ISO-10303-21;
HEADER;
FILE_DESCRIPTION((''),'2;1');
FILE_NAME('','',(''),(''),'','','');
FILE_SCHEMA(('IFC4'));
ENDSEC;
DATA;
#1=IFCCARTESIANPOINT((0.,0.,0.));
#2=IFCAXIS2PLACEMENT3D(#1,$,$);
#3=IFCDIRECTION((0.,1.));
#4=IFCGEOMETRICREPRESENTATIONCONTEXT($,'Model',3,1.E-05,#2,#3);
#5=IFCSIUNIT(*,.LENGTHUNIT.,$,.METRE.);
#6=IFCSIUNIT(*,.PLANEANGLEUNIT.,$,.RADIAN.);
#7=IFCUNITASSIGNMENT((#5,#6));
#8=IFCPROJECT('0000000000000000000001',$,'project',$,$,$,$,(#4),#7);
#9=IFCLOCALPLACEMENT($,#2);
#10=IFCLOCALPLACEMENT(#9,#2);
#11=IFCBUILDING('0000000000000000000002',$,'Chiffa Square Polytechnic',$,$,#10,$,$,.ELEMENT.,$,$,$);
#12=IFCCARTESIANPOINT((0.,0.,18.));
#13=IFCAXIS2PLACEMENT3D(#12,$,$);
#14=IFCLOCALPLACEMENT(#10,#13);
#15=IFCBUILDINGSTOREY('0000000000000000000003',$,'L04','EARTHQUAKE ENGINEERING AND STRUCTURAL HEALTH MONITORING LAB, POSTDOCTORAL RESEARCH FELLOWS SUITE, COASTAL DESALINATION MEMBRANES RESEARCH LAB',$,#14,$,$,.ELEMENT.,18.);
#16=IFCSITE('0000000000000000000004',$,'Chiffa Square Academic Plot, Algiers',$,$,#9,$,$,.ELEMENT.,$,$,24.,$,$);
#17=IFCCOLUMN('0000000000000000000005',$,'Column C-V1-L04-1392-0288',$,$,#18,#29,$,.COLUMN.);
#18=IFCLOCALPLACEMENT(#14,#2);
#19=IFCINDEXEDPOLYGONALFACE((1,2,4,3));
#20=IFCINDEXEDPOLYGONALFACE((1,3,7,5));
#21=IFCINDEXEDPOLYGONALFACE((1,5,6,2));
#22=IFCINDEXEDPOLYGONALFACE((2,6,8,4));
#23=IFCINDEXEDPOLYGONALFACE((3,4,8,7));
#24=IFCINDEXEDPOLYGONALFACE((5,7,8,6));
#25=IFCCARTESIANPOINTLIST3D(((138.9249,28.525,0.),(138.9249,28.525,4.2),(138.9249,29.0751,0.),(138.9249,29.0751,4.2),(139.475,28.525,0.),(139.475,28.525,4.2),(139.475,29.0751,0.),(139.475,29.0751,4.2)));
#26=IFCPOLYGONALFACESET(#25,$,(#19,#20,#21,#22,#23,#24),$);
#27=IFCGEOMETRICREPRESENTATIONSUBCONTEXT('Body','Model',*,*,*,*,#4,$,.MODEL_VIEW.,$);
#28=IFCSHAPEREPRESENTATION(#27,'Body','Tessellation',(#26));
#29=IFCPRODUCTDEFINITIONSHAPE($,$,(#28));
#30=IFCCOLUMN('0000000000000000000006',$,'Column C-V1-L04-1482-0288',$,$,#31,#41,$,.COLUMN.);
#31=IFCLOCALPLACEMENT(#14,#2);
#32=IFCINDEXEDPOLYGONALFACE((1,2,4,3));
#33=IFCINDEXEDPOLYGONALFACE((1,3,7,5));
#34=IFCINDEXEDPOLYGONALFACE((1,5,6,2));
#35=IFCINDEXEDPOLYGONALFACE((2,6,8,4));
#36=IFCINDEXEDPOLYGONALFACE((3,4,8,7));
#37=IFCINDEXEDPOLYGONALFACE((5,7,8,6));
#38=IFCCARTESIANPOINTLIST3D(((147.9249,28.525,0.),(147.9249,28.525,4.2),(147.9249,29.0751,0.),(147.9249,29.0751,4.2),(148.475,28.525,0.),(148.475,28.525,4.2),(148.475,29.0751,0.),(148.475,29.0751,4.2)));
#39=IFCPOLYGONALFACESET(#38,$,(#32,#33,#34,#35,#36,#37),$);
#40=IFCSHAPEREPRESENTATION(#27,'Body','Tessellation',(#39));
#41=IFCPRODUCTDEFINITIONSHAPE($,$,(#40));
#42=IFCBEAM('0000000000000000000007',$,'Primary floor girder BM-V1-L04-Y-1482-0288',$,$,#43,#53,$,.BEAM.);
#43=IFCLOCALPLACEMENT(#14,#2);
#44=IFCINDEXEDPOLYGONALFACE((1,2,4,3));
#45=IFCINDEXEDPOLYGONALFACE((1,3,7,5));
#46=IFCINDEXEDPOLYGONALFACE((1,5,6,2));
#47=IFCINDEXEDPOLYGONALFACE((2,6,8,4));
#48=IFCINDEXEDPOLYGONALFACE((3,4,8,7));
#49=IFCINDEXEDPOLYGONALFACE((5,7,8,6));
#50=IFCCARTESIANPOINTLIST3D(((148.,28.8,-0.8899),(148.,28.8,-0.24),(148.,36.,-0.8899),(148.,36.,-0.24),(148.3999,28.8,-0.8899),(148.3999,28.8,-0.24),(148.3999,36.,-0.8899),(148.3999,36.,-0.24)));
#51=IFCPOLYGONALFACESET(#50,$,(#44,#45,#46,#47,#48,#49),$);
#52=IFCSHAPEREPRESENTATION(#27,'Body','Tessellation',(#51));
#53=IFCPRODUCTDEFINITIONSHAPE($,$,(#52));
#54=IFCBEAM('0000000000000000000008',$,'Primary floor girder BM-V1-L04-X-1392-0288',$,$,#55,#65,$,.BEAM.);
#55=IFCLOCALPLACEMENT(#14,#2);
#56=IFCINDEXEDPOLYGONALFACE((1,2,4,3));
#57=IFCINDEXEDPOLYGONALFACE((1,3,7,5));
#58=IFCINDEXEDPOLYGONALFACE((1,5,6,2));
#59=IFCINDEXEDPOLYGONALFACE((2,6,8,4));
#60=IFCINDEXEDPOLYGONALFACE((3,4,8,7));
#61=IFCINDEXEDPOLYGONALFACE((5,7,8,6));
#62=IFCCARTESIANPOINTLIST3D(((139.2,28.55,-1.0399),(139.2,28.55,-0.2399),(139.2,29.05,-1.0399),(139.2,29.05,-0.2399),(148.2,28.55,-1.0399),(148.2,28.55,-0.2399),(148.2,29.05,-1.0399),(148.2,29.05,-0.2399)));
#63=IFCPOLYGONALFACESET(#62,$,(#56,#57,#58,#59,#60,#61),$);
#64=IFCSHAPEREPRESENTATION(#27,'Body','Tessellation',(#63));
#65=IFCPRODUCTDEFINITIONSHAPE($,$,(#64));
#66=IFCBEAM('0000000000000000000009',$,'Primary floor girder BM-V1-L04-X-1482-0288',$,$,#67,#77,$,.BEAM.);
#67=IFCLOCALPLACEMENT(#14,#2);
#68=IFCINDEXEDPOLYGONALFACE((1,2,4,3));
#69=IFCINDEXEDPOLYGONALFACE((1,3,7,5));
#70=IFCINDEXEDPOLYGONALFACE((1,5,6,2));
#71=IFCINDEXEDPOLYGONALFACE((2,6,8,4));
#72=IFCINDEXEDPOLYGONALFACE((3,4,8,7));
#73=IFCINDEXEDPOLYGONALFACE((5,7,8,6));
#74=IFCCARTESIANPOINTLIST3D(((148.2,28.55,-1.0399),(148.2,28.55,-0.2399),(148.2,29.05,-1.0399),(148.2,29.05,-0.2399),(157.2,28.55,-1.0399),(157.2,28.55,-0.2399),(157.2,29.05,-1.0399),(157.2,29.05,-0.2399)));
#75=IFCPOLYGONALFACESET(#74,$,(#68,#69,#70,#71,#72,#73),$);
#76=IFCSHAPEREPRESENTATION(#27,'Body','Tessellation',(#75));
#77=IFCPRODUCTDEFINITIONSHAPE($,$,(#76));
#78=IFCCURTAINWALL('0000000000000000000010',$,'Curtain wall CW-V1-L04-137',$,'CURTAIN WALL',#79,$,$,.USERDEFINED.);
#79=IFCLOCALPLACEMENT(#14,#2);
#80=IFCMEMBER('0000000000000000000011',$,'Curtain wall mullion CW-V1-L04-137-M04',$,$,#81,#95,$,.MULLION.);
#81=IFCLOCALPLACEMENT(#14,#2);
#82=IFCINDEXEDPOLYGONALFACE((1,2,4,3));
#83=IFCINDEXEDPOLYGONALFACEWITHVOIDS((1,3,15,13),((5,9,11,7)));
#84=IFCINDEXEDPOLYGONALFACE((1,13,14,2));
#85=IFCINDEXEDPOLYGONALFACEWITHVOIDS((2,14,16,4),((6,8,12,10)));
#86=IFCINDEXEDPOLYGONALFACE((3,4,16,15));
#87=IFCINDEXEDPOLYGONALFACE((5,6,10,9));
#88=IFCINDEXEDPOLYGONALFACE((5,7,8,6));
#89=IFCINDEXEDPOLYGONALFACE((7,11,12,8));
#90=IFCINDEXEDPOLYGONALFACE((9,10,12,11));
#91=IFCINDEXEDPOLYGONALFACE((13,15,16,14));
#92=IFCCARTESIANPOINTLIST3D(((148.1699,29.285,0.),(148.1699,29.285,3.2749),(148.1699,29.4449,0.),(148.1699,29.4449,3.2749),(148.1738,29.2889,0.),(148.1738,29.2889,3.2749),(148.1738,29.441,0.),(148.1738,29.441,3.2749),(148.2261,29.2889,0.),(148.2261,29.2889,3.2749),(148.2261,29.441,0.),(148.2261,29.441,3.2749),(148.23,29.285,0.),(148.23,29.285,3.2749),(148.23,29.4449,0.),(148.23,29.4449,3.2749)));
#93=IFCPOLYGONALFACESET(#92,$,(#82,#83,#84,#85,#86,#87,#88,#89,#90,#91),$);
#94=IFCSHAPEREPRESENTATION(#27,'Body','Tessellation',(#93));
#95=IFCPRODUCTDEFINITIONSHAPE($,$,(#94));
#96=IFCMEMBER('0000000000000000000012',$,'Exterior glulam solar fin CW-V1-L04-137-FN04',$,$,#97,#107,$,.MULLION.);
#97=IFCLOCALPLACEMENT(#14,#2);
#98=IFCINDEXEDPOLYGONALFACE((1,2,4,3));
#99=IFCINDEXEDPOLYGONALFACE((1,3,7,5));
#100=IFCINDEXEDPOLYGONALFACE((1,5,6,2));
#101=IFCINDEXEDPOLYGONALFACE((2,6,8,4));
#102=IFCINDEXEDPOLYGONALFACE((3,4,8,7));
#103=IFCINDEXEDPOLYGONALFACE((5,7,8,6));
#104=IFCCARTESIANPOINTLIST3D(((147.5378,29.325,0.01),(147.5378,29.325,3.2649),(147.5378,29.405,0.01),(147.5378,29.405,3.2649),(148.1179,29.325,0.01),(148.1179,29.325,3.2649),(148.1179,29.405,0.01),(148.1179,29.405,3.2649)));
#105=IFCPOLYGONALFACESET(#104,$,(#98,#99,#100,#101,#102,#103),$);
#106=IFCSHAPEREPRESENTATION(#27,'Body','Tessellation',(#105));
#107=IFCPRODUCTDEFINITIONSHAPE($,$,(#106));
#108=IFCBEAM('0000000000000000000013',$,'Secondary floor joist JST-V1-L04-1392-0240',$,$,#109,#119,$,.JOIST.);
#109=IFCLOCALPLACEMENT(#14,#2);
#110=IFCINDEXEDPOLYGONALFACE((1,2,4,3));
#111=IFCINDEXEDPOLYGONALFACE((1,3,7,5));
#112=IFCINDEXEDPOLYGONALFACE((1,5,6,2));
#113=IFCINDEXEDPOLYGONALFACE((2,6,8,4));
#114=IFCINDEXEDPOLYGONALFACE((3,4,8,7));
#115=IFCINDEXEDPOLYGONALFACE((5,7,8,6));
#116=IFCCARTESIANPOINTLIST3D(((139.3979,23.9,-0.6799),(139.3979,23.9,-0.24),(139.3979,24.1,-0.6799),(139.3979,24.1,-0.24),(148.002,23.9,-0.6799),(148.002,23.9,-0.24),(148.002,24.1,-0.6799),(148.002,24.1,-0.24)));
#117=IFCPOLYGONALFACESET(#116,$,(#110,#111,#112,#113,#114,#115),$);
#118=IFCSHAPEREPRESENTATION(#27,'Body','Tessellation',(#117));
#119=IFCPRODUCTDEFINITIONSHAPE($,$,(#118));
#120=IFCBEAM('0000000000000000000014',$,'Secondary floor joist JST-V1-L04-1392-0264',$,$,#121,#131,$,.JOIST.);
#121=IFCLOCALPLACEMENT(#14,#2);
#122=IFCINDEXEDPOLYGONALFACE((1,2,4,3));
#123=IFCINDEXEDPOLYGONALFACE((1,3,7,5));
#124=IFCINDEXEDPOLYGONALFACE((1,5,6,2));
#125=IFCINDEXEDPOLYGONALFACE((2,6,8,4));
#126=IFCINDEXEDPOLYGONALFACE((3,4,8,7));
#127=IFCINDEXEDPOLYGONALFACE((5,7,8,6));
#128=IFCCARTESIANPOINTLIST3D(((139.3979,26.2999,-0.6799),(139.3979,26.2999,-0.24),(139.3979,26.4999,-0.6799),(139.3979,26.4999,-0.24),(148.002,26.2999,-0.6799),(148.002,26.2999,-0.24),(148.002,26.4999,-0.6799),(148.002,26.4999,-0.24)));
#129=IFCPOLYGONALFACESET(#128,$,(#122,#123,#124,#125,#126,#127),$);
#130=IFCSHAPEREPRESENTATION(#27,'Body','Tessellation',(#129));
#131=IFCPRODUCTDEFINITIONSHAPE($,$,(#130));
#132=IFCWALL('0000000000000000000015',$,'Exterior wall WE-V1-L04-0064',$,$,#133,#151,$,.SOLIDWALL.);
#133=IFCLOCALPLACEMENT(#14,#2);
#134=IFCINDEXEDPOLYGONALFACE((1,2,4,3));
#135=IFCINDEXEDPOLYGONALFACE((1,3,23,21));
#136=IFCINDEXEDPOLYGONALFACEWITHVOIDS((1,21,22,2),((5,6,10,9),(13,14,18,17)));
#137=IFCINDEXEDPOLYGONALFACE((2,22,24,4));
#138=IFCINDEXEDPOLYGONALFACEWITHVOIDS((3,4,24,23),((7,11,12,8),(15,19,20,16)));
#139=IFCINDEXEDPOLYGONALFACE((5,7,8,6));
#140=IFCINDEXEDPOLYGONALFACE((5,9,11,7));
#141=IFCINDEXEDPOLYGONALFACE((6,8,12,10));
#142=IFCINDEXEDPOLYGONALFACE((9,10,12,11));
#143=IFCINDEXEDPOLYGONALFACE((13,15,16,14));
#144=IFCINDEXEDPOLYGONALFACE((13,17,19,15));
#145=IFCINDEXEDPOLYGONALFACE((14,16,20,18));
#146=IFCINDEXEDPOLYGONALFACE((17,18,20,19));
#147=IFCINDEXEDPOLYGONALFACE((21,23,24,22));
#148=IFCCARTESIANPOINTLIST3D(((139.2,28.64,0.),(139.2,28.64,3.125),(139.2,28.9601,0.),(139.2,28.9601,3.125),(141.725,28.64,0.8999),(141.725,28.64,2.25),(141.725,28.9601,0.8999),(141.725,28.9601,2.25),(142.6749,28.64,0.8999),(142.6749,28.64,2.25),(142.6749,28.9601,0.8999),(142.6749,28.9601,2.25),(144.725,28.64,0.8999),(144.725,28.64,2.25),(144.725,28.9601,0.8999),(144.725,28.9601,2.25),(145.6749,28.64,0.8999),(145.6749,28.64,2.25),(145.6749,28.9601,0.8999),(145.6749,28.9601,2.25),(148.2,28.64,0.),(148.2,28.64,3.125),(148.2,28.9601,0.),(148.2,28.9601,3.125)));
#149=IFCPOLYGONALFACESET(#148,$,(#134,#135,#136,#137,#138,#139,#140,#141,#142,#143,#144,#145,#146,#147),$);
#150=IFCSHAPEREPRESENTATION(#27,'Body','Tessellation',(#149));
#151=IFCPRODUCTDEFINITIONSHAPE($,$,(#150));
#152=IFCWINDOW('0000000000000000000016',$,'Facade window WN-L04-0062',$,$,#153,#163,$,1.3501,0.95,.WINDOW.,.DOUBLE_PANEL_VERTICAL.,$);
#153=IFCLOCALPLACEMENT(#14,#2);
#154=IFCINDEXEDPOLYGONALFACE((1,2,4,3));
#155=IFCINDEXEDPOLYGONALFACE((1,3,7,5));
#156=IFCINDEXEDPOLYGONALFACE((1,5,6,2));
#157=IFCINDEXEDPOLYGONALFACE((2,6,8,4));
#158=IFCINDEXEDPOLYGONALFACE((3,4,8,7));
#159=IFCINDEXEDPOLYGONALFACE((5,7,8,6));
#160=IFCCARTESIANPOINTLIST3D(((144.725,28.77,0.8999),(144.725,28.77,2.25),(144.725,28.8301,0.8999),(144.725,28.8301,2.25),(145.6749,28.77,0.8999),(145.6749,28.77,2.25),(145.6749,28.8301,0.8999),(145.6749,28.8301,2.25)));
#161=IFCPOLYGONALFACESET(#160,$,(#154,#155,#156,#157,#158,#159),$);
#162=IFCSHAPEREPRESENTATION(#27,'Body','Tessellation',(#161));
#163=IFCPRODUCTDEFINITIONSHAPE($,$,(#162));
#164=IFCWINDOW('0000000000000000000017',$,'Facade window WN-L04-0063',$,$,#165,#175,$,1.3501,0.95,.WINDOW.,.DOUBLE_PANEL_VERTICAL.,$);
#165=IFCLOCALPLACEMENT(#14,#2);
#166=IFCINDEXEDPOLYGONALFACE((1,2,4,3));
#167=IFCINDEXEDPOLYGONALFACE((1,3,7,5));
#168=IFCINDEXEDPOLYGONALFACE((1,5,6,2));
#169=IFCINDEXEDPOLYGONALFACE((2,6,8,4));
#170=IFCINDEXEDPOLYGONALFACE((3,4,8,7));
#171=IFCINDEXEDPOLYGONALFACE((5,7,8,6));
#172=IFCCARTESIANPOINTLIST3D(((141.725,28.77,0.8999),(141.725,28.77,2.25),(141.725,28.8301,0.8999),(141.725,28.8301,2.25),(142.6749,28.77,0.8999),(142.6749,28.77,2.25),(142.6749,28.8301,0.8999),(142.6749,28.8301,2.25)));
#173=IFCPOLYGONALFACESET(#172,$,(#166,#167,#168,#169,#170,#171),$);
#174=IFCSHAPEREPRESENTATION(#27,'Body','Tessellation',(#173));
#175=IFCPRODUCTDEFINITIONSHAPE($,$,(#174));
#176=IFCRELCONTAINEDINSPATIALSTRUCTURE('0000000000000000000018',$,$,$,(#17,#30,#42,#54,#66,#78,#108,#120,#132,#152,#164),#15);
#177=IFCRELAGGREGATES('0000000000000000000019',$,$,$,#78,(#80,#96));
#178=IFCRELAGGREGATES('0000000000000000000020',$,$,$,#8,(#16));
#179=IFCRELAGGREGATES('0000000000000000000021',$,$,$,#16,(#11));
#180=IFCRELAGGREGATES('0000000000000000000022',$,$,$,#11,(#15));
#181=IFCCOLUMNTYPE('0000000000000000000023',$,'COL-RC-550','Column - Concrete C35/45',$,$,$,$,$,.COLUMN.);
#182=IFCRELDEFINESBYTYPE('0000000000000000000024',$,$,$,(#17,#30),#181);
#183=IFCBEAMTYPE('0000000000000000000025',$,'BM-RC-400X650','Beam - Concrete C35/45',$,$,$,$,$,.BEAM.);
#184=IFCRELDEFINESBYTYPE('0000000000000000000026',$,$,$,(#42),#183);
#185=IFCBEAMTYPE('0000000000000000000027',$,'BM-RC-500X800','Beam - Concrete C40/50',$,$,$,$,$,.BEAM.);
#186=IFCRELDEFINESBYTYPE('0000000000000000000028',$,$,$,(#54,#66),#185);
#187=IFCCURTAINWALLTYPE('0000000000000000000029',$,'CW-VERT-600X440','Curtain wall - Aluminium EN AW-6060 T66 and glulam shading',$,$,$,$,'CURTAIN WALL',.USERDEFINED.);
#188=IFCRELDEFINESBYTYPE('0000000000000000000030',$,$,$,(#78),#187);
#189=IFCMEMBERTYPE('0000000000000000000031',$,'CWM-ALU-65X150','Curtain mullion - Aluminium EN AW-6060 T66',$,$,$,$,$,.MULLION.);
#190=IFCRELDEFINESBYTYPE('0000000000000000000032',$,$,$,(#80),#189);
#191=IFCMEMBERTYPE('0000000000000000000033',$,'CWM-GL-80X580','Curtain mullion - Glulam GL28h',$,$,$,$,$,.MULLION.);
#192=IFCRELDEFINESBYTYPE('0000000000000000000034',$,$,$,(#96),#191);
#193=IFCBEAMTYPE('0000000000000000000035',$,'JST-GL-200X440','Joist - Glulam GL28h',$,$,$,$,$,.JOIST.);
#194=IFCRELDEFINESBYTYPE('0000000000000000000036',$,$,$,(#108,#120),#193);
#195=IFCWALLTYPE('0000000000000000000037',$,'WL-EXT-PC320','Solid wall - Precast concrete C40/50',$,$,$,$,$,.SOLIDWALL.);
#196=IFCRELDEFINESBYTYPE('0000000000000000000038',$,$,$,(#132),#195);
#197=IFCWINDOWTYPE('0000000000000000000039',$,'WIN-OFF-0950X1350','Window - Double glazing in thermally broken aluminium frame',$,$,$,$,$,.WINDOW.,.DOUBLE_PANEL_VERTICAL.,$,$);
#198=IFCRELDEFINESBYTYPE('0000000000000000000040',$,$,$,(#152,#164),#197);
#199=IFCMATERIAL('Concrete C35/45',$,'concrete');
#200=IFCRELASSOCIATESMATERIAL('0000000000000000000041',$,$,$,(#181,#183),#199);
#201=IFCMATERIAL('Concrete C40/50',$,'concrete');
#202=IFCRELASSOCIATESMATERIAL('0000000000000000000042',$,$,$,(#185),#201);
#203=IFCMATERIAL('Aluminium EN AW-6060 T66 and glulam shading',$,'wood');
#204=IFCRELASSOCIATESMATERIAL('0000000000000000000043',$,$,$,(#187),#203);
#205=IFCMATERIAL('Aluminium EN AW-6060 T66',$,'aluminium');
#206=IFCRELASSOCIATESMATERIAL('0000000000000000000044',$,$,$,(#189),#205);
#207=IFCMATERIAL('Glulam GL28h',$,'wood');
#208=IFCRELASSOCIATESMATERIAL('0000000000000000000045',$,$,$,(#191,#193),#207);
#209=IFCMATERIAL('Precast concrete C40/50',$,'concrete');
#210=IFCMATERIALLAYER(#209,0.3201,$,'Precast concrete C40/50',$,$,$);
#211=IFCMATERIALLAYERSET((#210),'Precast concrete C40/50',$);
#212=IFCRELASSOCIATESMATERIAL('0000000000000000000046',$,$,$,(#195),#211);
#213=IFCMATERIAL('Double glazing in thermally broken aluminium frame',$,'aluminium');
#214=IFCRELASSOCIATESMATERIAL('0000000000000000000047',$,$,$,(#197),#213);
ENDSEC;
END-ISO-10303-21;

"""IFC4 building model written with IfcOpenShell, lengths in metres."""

from ifc_helpers import new_model, si_unit, direction, frame, frame_2d, origin, origin_2d, place, context, subcontext, project, spatial, rectangle, hollow_rectangle, extrude, material, layer, layer_set, material_profile, profile_set, type_object, element, fill, aggregate, save


model = new_model("IFC4")

# Units and contexts
model_context = context("Model", 3, precision=1e-05, world=origin(), true_north=direction((0.0, 1.0)))
body_context = subcontext(model_context, "Body", "Model", "MODEL_VIEW")
ifc_project = project(units=[si_unit("LENGTHUNIT", "METRE"), si_unit("PLANEANGLEUNIT", "RADIAN")], contexts=[model_context])

# Site, building, storey
site_placement = place(None, origin())
site = spatial("IfcSite", under=ifc_project, at=site_placement, Name="Chiffa Square Academic Plot, Algiers", CompositionType="ELEMENT", RefElevation=24.0)
building_placement = place(site_placement, origin())
building = spatial("IfcBuilding", under=site, at=building_placement, Name="Chiffa Square Polytechnic", CompositionType="ELEMENT")
storey_placement = place(building_placement, frame((0.0, 0.0, 18.0)))
storey = spatial("IfcBuildingStorey", under=building, at=storey_placement, Name="L04", Description="EARTHQUAKE ENGINEERING AND STRUCTURAL HEALTH MONITORING LAB, POSTDOCTORAL RESEARCH FELLOWS SUITE, COASTAL DESALINATION MEMBRANES RESEARCH LAB", CompositionType="ELEMENT", Elevation=18.0)

# Columns
ifc_material_1 = material(Name="Concrete C35/45", Category="concrete")
ifc_material_profile_1 = material_profile(ifc_material_1, rectangle(XDim=0.55, YDim=0.55, at=origin_2d()), Name="RC 550x550")
ifc_profile_set_1 = profile_set([ifc_material_profile_1], Name="Concrete C35/45")
column_type = type_object("IfcColumnType", Name="COL-RC-550", Description="Column - Concrete C35/45", PredefinedType="COLUMN", material=ifc_profile_set_1)
for number, where, z_axis, x_axis, name in (
    (1, (139.2, 28.8, 0.0), (0.0, 0.0, 1.0), (1.0, 0.0, 0.0), "Column C-V1-L04-1392-0288"),
    (2, (148.2, 28.8, 0.0), (0.0, 0.0, 1.0), (1.0, 0.0, 0.0), "Column C-V1-L04-1482-0288"),
):
    element("IfcColumn", number, at=place(storey_placement, frame(where, z_axis=z_axis, x_axis=x_axis)), inside=storey, type_object=column_type, Name=name, PredefinedType="COLUMN", context=body_context, shape_type="SweptSolid", body=[
        extrude(rectangle(XDim=0.55, YDim=0.55, at=origin_2d()), origin(), (0.0, 0.0, 1.0), 4.2),
    ])

# Beams
ifc_material_profile_2 = material_profile(ifc_material_1, rectangle(XDim=0.3999, YDim=0.6499, at=origin_2d()), Name="RC 400x650")
ifc_profile_set_2 = profile_set([ifc_material_profile_2], Name="Concrete C35/45")
beam_type_1 = type_object("IfcBeamType", Name="BM-RC-400X650", Description="Beam - Concrete C35/45", PredefinedType="BEAM", material=ifc_profile_set_2)
beam_placement = place(storey_placement, frame((148.2, 28.8, -0.5649), z_axis=(0.0, 1.0, 0.0), x_axis=(-1.0, 0.0, 0.0)))
element("IfcBeam", 3, at=beam_placement, inside=storey, type_object=beam_type_1, Name="Primary floor girder BM-V1-L04-Y-1482-0288", PredefinedType="BEAM", context=body_context, shape_type="SweptSolid", body=[
    extrude(rectangle(XDim=0.3999, YDim=0.6499, at=origin_2d()), origin(), (0.0, 0.0, 1.0), 7.2),
])
ifc_material_2 = material(Name="Concrete C40/50", Category="concrete")
ifc_material_profile_3 = material_profile(ifc_material_2, rectangle(XDim=0.5, YDim=0.8, at=origin_2d()), Name="RC 500x800")
ifc_profile_set_3 = profile_set([ifc_material_profile_3], Name="Concrete C40/50")
beam_type_2 = type_object("IfcBeamType", Name="BM-RC-500X800", Description="Beam - Concrete C40/50", PredefinedType="BEAM", material=ifc_profile_set_3)
for number, where, z_axis, x_axis, name in (
    (4, (139.2, 28.8, -0.6399), (1.0, 0.0, 0.0), (0.0, 1.0, 0.0), "Primary floor girder BM-V1-L04-X-1392-0288"),
    (5, (148.2, 28.8, -0.6399), (1.0, 0.0, 0.0), (0.0, 1.0, 0.0), "Primary floor girder BM-V1-L04-X-1482-0288"),
):
    element("IfcBeam", number, at=place(storey_placement, frame(where, z_axis=z_axis, x_axis=x_axis)), inside=storey, type_object=beam_type_2, Name=name, PredefinedType="BEAM", context=body_context, shape_type="SweptSolid", body=[
        extrude(rectangle(XDim=0.5, YDim=0.8, at=origin_2d()), origin(), (0.0, 0.0, 1.0), 9.0),
    ])

# Curtain wall, members
ifc_material_3 = material(Name="Aluminium EN AW-6060 T66 and glulam shading", Category="wood")
curtain_wall_type = type_object("IfcCurtainWallType", Name="CW-VERT-600X440", Description="Curtain wall - Aluminium EN AW-6060 T66 and glulam shading", ElementType="CURTAIN WALL", PredefinedType="USERDEFINED", material=ifc_material_3)
curtain_wall_placement = place(storey_placement, origin())
curtain_wall = element("IfcCurtainWall", 6, at=curtain_wall_placement, inside=storey, type_object=curtain_wall_type, Name="Curtain wall CW-V1-L04-137", ObjectType="CURTAIN WALL", PredefinedType="USERDEFINED")
ifc_material_4 = material(Name="Aluminium EN AW-6060 T66", Category="aluminium")
ifc_material_profile_4 = material_profile(ifc_material_4, hollow_rectangle(XDim=0.0601, YDim=0.1599, WallThickness=0.0039, at=origin_2d()), Name="ALU 60x160x4")
ifc_profile_set_4 = profile_set([ifc_material_profile_4], Name="Aluminium EN AW-6060 T66")
member_type_1 = type_object("IfcMemberType", Name="CWM-ALU-65X150", Description="Curtain mullion - Aluminium EN AW-6060 T66", PredefinedType="MULLION", material=ifc_profile_set_4)
member_1_placement = place(storey_placement, frame((148.2, 29.365, 0.0), z_axis=(0.0, 0.0, 1.0), x_axis=(1.0, 0.0, 0.0)))
member_1 = element("IfcMember", 7, at=member_1_placement, type_object=member_type_1, Name="Curtain wall mullion CW-V1-L04-137-M04", PredefinedType="MULLION", context=body_context, shape_type="SweptSolid", body=[
    extrude(hollow_rectangle(XDim=0.0601, YDim=0.1599, WallThickness=0.0039, at=origin_2d()), origin(), (0.0, 0.0, 1.0), 3.2749),
])
ifc_material_5 = material(Name="Glulam GL28h", Category="wood")
ifc_material_profile_5 = material_profile(ifc_material_5, rectangle(XDim=0.0801, YDim=0.5801, at=origin_2d()), Name="GL28h 80x580")
ifc_profile_set_5 = profile_set([ifc_material_profile_5], Name="Glulam GL28h")
member_type_2 = type_object("IfcMemberType", Name="CWM-GL-80X580", Description="Curtain mullion - Glulam GL28h", PredefinedType="MULLION", material=ifc_profile_set_5)
member_2_placement = place(storey_placement, frame((147.8279, 29.365, 0.01), z_axis=(0.0, 0.0, 1.0), x_axis=(0.0, -1.0, 0.0)))
member_2 = element("IfcMember", 8, at=member_2_placement, type_object=member_type_2, Name="Exterior glulam solar fin CW-V1-L04-137-FN04", PredefinedType="MULLION", context=body_context, shape_type="SweptSolid", body=[
    extrude(rectangle(XDim=0.0801, YDim=0.5801, at=origin_2d()), origin(), (0.0, 0.0, 1.0), 3.2549),
])
aggregate(curtain_wall, [member_1, member_2])

# Beams
ifc_material_profile_6 = material_profile(ifc_material_5, rectangle(XDim=0.2, YDim=0.4399, at=origin_2d()), Name="GL28h 200x440")
ifc_profile_set_6 = profile_set([ifc_material_profile_6], Name="Glulam GL28h")
beam_type_3 = type_object("IfcBeamType", Name="JST-GL-200X440", Description="Joist - Glulam GL28h", PredefinedType="JOIST", material=ifc_profile_set_6)
for number, where, z_axis, x_axis, name in (
    (9, (139.3979, 24.0, -0.46), (1.0, 0.0, 0.0), (0.0, 1.0, 0.0), "Secondary floor joist JST-V1-L04-1392-0240"),
    (10, (139.3979, 26.3999, -0.46), (1.0, 0.0, 0.0), (0.0, 1.0, 0.0), "Secondary floor joist JST-V1-L04-1392-0264"),
):
    element("IfcBeam", number, at=place(storey_placement, frame(where, z_axis=z_axis, x_axis=x_axis)), inside=storey, type_object=beam_type_3, Name=name, PredefinedType="JOIST", context=body_context, shape_type="SweptSolid", body=[
        extrude(rectangle(XDim=0.2, YDim=0.4399, at=origin_2d()), origin(), (0.0, 0.0, 1.0), 8.604),
    ])

# Wall, openings, windows
ifc_material_6 = material(Name="Precast concrete C40/50", Category="concrete")
ifc_layer_1 = layer(ifc_material_6, 0.3201, Name="Precast concrete C40/50")
ifc_layer_set_1 = layer_set([ifc_layer_1], Name="Precast concrete C40/50")
wall_type_1 = type_object("IfcWallType", Name="WL-EXT-PC320", Description="Solid wall - Precast concrete C40/50", PredefinedType="SOLIDWALL", material=ifc_layer_set_1)
wall_1_placement = place(storey_placement, frame((148.2, 28.8, 0.0), z_axis=(0.0, 0.0, 1.0), x_axis=(-1.0, 0.0, 0.0)))
wall_1 = element("IfcWall", 11, at=wall_1_placement, inside=storey, type_object=wall_type_1, Name="Exterior wall WE-V1-L04-0064", PredefinedType="SOLIDWALL", context=body_context, shape_type="SweptSolid", body=[
    extrude(rectangle(XDim=9.0, YDim=0.3201, at=frame_2d((4.5, 0.0))), origin(), (0.0, 0.0, 1.0), 3.125),
])
opening_1_placement = place(wall_1_placement, frame((2.5249, 0.0, 0.8999)))
opening_1 = element("IfcOpeningElement", 12, at=opening_1_placement, cuts=wall_1, PredefinedType="OPENING", context=body_context, shape_type="SweptSolid", body=[
    extrude(rectangle(XDim=0.95, YDim=1.3501, at=frame_2d((0.4751, 0.675))), frame((0.0, 0.1699, 0.0), z_axis=(0.0, -1.0, 0.0), x_axis=(1.0, 0.0, 0.0)), (0.0, 0.0, 1.0), 0.3401),
])
opening_2_placement = place(wall_1_placement, frame((5.5249, 0.0, 0.8999)))
opening_2 = element("IfcOpeningElement", 13, at=opening_2_placement, cuts=wall_1, PredefinedType="OPENING", context=body_context, shape_type="SweptSolid", body=[
    extrude(rectangle(XDim=0.95, YDim=1.3501, at=frame_2d((0.4751, 0.675))), frame((0.0, 0.1699, 0.0), z_axis=(0.0, -1.0, 0.0), x_axis=(1.0, 0.0, 0.0)), (0.0, 0.0, 1.0), 0.3401),
])
ifc_material_7 = material(Name="Double glazing in thermally broken aluminium frame", Category="aluminium")
window_type_1 = type_object("IfcWindowType", Name="WIN-OFF-0950X1350", Description="Window - Double glazing in thermally broken aluminium frame", PartitioningType="DOUBLE_PANEL_VERTICAL", PredefinedType="WINDOW", material=ifc_material_7)
window_1_placement = place(opening_1_placement, origin())
window_1 = element("IfcWindow", 14, at=window_1_placement, inside=storey, type_object=window_type_1, Name="Facade window WN-L04-0062", OverallHeight=1.3501, OverallWidth=0.95, PartitioningType="DOUBLE_PANEL_VERTICAL", PredefinedType="WINDOW", context=body_context, shape_type="SweptSolid", body=[
    extrude(rectangle(XDim=0.95, YDim=1.3501, at=frame_2d((0.4751, 0.675))), frame((0.0, 0.03, 0.0), z_axis=(0.0, -1.0, 0.0), x_axis=(1.0, 0.0, 0.0)), (0.0, 0.0, 1.0), 0.0601),
])
fill(opening_1, window_1)
window_2_placement = place(opening_2_placement, origin())
window_2 = element("IfcWindow", 15, at=window_2_placement, inside=storey, type_object=window_type_1, Name="Facade window WN-L04-0063", OverallHeight=1.3501, OverallWidth=0.95, PartitioningType="DOUBLE_PANEL_VERTICAL", PredefinedType="WINDOW", context=body_context, shape_type="SweptSolid", body=[
    extrude(rectangle(XDim=0.95, YDim=1.3501, at=frame_2d((0.4751, 0.675))), frame((0.0, 0.03, 0.0), z_axis=(0.0, -1.0, 0.0), x_axis=(1.0, 0.0, 0.0)), (0.0, 0.0, 1.0), 0.0601),
])
fill(opening_2, window_2)

save(model, "model.ifc")
